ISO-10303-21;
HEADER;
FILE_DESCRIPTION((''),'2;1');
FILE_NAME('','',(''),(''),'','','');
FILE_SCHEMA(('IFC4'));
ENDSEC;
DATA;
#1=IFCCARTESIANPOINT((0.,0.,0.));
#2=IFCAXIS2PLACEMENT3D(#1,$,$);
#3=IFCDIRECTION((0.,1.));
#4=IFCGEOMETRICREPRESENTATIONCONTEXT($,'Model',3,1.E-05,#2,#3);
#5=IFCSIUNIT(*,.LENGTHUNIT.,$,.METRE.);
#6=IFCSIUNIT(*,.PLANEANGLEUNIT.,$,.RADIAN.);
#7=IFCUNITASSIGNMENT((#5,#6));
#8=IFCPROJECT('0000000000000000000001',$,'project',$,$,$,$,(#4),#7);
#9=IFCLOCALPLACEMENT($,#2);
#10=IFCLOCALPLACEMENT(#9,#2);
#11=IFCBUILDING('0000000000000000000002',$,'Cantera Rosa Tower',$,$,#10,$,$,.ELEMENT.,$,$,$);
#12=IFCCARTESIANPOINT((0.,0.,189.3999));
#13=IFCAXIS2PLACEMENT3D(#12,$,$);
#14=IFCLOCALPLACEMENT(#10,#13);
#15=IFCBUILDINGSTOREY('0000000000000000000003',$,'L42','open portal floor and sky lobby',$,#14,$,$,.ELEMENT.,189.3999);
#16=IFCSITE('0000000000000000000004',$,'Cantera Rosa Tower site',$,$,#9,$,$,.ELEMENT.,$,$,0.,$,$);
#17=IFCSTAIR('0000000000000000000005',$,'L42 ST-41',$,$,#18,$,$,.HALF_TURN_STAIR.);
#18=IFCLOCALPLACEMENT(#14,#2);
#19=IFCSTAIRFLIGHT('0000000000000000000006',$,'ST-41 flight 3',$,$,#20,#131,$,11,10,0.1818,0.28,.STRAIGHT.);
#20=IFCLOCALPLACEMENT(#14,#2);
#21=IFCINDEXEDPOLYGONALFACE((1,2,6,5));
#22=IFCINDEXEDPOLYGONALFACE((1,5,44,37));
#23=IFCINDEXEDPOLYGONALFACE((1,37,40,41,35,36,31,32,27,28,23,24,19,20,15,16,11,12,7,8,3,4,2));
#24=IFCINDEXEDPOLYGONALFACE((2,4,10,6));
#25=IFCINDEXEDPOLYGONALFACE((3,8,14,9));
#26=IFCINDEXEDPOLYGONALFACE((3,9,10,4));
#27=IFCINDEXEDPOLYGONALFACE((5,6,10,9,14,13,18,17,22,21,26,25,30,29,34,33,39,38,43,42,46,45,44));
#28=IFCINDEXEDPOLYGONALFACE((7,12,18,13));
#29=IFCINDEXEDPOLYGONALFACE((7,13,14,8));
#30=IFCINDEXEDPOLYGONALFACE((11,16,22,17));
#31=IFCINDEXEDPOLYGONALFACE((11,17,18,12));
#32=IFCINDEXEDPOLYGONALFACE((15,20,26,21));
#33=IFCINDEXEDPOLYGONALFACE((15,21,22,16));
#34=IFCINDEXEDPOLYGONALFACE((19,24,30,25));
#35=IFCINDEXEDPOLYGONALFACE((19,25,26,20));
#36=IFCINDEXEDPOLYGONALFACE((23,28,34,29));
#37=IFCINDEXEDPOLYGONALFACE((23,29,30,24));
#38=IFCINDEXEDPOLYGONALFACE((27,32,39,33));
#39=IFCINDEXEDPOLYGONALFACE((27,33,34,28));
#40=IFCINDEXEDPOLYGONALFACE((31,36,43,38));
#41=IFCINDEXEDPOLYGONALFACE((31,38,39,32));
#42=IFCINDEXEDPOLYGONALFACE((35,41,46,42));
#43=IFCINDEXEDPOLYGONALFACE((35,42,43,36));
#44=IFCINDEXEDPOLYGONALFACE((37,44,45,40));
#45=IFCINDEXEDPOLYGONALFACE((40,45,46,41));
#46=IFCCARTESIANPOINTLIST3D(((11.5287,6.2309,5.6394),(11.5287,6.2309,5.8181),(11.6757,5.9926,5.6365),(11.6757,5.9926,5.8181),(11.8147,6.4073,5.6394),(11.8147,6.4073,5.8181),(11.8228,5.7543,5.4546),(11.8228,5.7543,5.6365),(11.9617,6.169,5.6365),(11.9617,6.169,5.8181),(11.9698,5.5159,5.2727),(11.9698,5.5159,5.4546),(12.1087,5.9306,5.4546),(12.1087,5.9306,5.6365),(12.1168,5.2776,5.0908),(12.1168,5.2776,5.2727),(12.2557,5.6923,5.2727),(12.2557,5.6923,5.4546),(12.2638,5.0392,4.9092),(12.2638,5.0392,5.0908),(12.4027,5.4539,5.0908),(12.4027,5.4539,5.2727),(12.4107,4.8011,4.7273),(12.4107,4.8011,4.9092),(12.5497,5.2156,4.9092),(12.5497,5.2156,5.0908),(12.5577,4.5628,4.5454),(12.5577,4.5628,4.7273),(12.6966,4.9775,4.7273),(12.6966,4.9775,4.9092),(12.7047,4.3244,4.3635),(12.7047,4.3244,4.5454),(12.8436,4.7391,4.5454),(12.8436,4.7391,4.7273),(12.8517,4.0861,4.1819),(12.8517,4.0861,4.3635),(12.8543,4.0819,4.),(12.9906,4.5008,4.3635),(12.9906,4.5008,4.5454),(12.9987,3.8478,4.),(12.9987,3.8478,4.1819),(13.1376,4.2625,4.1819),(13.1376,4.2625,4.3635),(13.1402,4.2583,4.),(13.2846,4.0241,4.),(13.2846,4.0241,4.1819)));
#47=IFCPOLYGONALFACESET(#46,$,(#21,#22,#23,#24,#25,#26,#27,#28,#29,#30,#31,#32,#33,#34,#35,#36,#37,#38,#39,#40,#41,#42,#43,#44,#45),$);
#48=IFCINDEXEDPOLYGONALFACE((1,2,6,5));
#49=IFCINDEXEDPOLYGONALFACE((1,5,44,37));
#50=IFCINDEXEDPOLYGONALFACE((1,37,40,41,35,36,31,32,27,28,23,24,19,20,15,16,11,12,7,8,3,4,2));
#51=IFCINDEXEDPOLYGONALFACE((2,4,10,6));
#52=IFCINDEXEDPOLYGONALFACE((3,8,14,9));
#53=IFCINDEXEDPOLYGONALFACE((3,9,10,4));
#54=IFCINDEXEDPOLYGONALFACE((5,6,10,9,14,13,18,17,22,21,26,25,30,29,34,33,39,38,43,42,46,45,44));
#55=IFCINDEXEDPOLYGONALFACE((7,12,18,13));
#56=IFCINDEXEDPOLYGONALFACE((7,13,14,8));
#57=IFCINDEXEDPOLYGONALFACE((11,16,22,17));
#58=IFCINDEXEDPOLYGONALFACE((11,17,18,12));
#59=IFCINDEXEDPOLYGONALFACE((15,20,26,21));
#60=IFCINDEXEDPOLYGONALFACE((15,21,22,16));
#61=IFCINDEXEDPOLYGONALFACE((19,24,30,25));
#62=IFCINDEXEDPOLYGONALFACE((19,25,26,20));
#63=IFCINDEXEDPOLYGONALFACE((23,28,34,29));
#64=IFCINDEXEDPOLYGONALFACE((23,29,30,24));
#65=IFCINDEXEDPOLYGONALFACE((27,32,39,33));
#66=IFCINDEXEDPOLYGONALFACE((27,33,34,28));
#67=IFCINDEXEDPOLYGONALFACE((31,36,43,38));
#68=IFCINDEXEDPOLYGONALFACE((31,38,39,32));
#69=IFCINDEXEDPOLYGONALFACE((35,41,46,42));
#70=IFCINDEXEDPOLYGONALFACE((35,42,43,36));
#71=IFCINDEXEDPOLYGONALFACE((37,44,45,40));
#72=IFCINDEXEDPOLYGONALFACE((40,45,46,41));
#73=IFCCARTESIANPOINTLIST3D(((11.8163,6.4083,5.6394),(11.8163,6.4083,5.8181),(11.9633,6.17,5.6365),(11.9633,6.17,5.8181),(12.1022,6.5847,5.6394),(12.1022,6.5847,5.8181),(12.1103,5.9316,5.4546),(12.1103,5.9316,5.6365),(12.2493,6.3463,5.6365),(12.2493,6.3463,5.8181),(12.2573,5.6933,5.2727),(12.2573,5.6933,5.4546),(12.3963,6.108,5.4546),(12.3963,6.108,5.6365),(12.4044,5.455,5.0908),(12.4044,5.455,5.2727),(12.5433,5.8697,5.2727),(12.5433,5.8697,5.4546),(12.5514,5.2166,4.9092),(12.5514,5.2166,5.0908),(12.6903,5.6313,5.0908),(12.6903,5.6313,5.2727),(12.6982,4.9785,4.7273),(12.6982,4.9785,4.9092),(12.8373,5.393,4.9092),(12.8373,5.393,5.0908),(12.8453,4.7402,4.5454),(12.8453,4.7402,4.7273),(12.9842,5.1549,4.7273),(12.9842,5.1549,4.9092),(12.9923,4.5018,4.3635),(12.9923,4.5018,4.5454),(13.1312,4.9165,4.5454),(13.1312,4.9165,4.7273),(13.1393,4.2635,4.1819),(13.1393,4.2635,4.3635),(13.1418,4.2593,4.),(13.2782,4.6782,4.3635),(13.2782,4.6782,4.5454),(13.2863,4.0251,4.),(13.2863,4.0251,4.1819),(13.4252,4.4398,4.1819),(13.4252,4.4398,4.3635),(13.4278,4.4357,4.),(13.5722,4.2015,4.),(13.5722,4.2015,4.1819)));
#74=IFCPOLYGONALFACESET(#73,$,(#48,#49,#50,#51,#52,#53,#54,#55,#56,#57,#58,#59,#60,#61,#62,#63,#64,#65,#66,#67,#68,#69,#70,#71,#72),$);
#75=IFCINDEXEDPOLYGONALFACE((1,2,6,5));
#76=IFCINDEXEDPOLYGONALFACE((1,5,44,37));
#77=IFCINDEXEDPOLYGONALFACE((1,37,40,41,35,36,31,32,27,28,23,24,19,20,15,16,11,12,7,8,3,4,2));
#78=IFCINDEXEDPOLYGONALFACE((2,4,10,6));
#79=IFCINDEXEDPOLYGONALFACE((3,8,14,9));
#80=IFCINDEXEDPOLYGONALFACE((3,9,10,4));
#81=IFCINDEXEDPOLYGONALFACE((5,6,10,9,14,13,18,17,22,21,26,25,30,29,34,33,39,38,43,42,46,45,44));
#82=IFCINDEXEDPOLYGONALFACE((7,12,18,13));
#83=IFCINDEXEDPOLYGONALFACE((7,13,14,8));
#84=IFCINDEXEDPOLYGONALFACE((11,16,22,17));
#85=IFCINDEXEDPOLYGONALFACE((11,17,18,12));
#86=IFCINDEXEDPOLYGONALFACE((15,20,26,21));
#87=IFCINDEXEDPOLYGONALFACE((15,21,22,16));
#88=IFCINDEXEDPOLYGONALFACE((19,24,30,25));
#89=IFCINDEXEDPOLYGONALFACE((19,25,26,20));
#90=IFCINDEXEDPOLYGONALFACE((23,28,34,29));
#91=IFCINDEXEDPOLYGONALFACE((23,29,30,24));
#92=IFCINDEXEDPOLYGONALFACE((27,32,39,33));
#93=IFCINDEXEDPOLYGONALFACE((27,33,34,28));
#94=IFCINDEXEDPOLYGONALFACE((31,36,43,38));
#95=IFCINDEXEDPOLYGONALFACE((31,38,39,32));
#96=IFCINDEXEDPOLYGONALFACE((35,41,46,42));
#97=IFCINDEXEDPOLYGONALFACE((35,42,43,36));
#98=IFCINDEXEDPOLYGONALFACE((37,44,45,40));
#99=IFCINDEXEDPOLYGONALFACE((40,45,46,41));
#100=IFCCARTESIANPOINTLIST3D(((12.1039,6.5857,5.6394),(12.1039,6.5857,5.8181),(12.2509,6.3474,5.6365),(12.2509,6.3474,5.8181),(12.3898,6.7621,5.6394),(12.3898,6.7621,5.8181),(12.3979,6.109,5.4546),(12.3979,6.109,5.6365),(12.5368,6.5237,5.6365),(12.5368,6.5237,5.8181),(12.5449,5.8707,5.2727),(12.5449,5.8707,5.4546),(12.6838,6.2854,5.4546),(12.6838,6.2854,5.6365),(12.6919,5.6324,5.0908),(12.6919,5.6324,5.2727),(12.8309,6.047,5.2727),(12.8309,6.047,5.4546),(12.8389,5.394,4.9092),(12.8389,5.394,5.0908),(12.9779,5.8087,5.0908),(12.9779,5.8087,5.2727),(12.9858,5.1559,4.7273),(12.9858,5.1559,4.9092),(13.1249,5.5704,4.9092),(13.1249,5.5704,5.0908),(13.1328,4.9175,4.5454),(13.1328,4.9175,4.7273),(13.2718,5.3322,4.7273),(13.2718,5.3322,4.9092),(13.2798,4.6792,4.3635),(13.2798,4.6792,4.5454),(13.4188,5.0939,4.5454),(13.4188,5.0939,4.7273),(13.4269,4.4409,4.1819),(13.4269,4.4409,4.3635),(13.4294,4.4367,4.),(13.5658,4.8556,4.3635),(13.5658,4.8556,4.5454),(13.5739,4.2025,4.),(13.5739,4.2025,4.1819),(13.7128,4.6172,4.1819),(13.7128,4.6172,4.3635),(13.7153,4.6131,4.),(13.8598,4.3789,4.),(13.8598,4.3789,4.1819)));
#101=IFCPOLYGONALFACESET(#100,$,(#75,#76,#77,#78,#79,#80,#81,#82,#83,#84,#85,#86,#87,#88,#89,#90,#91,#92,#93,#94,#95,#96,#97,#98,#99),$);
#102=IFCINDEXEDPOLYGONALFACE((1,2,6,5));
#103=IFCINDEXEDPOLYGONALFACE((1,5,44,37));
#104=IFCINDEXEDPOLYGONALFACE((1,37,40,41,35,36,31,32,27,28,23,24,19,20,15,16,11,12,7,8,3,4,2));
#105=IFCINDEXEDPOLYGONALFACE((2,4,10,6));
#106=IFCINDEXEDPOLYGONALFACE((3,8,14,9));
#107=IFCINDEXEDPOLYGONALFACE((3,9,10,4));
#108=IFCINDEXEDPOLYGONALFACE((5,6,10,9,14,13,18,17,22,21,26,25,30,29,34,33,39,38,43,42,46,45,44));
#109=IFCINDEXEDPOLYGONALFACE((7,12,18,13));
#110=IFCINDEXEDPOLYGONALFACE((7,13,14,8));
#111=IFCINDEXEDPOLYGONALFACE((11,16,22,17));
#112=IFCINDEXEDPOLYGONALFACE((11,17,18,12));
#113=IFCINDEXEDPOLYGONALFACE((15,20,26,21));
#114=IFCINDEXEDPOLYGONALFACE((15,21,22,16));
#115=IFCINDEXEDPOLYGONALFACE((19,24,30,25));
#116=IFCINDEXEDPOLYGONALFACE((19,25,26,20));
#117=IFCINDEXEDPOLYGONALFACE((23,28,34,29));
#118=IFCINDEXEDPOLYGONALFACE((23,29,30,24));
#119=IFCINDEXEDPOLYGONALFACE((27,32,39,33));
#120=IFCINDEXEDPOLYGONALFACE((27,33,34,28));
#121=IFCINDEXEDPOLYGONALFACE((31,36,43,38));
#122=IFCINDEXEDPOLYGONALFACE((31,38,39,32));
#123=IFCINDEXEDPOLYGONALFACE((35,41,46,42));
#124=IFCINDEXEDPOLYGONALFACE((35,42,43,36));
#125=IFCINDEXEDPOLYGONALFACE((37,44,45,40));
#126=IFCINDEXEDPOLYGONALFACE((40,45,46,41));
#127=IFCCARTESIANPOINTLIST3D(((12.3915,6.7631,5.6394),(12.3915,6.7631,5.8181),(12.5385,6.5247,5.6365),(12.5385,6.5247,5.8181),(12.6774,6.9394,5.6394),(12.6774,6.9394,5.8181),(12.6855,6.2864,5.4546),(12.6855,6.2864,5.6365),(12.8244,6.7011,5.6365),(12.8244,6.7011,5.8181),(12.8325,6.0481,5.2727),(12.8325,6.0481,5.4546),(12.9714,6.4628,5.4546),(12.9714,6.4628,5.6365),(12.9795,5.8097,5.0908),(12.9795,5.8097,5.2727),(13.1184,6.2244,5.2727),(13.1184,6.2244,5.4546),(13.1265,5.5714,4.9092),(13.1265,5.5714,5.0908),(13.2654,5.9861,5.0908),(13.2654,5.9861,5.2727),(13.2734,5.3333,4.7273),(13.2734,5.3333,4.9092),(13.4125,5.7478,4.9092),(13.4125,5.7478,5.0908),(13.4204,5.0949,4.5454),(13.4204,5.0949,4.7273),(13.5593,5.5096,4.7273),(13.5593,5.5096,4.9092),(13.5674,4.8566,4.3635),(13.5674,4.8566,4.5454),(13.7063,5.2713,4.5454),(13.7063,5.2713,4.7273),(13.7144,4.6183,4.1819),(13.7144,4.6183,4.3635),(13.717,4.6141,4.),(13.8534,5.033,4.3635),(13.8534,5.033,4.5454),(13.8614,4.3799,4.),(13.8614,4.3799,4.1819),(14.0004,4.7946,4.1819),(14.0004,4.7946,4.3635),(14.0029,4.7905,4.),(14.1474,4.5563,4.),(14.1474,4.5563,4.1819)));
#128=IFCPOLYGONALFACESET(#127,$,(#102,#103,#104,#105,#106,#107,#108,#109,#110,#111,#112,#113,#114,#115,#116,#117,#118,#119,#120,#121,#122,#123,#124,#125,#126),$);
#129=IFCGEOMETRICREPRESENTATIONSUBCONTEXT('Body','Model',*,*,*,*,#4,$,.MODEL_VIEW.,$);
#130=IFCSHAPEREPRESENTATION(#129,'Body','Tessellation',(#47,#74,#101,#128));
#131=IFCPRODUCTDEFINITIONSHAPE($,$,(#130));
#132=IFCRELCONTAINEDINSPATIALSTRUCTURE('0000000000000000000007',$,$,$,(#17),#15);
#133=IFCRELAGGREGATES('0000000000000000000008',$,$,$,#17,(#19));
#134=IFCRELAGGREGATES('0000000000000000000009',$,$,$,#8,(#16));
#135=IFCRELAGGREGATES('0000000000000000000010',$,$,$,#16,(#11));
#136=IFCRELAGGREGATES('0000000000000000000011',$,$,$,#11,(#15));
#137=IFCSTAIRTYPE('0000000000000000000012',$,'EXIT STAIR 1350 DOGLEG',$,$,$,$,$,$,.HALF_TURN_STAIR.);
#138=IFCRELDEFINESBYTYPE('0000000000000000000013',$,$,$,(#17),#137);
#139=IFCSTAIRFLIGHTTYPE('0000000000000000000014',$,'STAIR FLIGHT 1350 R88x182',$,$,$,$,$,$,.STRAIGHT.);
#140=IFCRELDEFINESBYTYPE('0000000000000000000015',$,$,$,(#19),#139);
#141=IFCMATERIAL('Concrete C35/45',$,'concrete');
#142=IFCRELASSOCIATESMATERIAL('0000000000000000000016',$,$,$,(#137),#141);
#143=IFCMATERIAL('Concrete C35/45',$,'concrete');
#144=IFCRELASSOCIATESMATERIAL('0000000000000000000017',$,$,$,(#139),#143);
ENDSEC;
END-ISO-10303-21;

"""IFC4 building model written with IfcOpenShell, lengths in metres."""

from ifc_helpers import new_model, si_unit, direction, frame, origin, place, context, subcontext, project, spatial, polyline, outline, extrude, material, type_object, element, aggregate, save


model = new_model("IFC4")

# Units and contexts
model_context = context("Model", 3, precision=1e-05, world=origin(), true_north=direction((0.0, 1.0)))
body_context = subcontext(model_context, "Body", "Model", "MODEL_VIEW")
ifc_project = project(units=[si_unit("LENGTHUNIT", "METRE"), si_unit("PLANEANGLEUNIT", "RADIAN")], contexts=[model_context])

# Site, building, storey
site_placement = place(None, origin())
site = spatial("IfcSite", under=ifc_project, at=site_placement, Name="Cantera Rosa Tower site", CompositionType="ELEMENT", RefElevation=0.0)
building_placement = place(site_placement, origin())
building = spatial("IfcBuilding", under=site, at=building_placement, Name="Cantera Rosa Tower", CompositionType="ELEMENT")
storey_placement = place(building_placement, frame((0.0, 0.0, 189.3999)))
storey = spatial("IfcBuildingStorey", under=building, at=storey_placement, Name="L42", Description="open portal floor and sky lobby", CompositionType="ELEMENT", Elevation=189.3999)

# Stair, stair flight
ifc_material_1 = material(Name="Concrete C35/45", Category="concrete")
stair_type = type_object("IfcStairType", Name="EXIT STAIR 1350 DOGLEG", PredefinedType="HALF_TURN_STAIR", material=ifc_material_1)
stair_placement = place(storey_placement, origin())
stair = element("IfcStair", 1, at=stair_placement, inside=storey, type_object=stair_type, Name="L42 ST-41", PredefinedType="HALF_TURN_STAIR")
ifc_material_2 = material(Name="Concrete C35/45", Category="concrete")
stair_flight_type = type_object("IfcStairFlightType", Name="STAIR FLIGHT 1350 R88x182", PredefinedType="STRAIGHT", material=ifc_material_2)
stair_flight_1_placement = place(storey_placement, frame((13.5732, 4.2021, 4.0), z_axis=(0.0, 0.0, 1.0), x_axis=(-0.524977, 0.851117, 0.0)))
stair_flight_1 = element("IfcStairFlight", 2, at=stair_flight_1_placement, type_object=stair_flight_type, Name="ST-41 flight 3", NumberOfRisers=11, NumberOfTreads=10, PredefinedType="STRAIGHT", RiserHeight=0.1818, TreadLength=0.28, context=body_context, shape_type="SweptSolid", body=[
    extrude(outline(polyline([(0.0, 0.0), (0.0, 0.1819), (0.28, 0.1819), (0.28, 0.3635), (0.5601, 0.3635), (0.5601, 0.5454), (0.8401, 0.5454), (0.8401, 0.7273), (1.1201, 0.7273), (1.1201, 0.9092), (1.3999, 0.9092), (1.3999, 1.0908), (1.6799, 1.0908), (1.6799, 1.2727), (1.96, 1.2727), (1.96, 1.4546), (2.24, 1.4546), (2.24, 1.6365), (2.52, 1.6365), (2.52, 1.8181), (2.8, 1.8181), (2.8, 2.0), (2.8, 1.6394), (0.2751, 0.0), (0.0, 0.0)])), frame((0.0, 0.675, 0.0), z_axis=(0.0, -1.0, 0.0), x_axis=(1.0, 0.0, 0.0)), (0.0, 0.0, 1.0), 0.3359),
    extrude(outline(polyline([(0.0, 0.0), (0.0, 0.1819), (0.28, 0.1819), (0.28, 0.3635), (0.5601, 0.3635), (0.5601, 0.5454), (0.8401, 0.5454), (0.8401, 0.7273), (1.1201, 0.7273), (1.1201, 0.9092), (1.3999, 0.9092), (1.3999, 1.0908), (1.6799, 1.0908), (1.6799, 1.2727), (1.96, 1.2727), (1.96, 1.4546), (2.24, 1.4546), (2.24, 1.6365), (2.52, 1.6365), (2.52, 1.8181), (2.8, 1.8181), (2.8, 2.0), (2.8, 1.6394), (0.2751, 0.0), (0.0, 0.0)])), frame((0.0, 0.3372, 0.0), z_axis=(0.0, -1.0, 0.0), x_axis=(1.0, 0.0, 0.0)), (0.0, 0.0, 1.0), 0.3359),
    extrude(outline(polyline([(0.0, 0.0), (0.0, 0.1819), (0.28, 0.1819), (0.28, 0.3635), (0.5601, 0.3635), (0.5601, 0.5454), (0.8401, 0.5454), (0.8401, 0.7273), (1.1201, 0.7273), (1.1201, 0.9092), (1.3999, 0.9092), (1.3999, 1.0908), (1.6799, 1.0908), (1.6799, 1.2727), (1.96, 1.2727), (1.96, 1.4546), (2.24, 1.4546), (2.24, 1.6365), (2.52, 1.6365), (2.52, 1.8181), (2.8, 1.8181), (2.8, 2.0), (2.8, 1.6394), (0.2751, 0.0), (0.0, 0.0)])), frame((0.0, -0.0007, 0.0), z_axis=(0.0, -1.0, 0.0), x_axis=(1.0, 0.0, 0.0)), (0.0, 0.0, 1.0), 0.3359),
    extrude(outline(polyline([(0.0, 0.0), (0.0, 0.1819), (0.28, 0.1819), (0.28, 0.3635), (0.5601, 0.3635), (0.5601, 0.5454), (0.8401, 0.5454), (0.8401, 0.7273), (1.1201, 0.7273), (1.1201, 0.9092), (1.3999, 0.9092), (1.3999, 1.0908), (1.6799, 1.0908), (1.6799, 1.2727), (1.96, 1.2727), (1.96, 1.4546), (2.24, 1.4546), (2.24, 1.6365), (2.52, 1.6365), (2.52, 1.8181), (2.8, 1.8181), (2.8, 2.0), (2.8, 1.6394), (0.2751, 0.0), (0.0, 0.0)])), frame((0.0, -0.3386, 0.0), z_axis=(0.0, -1.0, 0.0), x_axis=(1.0, 0.0, 0.0)), (0.0, 0.0, 1.0), 0.3359),
])
aggregate(stair, [stair_flight_1])

save(model, "model.ifc")
